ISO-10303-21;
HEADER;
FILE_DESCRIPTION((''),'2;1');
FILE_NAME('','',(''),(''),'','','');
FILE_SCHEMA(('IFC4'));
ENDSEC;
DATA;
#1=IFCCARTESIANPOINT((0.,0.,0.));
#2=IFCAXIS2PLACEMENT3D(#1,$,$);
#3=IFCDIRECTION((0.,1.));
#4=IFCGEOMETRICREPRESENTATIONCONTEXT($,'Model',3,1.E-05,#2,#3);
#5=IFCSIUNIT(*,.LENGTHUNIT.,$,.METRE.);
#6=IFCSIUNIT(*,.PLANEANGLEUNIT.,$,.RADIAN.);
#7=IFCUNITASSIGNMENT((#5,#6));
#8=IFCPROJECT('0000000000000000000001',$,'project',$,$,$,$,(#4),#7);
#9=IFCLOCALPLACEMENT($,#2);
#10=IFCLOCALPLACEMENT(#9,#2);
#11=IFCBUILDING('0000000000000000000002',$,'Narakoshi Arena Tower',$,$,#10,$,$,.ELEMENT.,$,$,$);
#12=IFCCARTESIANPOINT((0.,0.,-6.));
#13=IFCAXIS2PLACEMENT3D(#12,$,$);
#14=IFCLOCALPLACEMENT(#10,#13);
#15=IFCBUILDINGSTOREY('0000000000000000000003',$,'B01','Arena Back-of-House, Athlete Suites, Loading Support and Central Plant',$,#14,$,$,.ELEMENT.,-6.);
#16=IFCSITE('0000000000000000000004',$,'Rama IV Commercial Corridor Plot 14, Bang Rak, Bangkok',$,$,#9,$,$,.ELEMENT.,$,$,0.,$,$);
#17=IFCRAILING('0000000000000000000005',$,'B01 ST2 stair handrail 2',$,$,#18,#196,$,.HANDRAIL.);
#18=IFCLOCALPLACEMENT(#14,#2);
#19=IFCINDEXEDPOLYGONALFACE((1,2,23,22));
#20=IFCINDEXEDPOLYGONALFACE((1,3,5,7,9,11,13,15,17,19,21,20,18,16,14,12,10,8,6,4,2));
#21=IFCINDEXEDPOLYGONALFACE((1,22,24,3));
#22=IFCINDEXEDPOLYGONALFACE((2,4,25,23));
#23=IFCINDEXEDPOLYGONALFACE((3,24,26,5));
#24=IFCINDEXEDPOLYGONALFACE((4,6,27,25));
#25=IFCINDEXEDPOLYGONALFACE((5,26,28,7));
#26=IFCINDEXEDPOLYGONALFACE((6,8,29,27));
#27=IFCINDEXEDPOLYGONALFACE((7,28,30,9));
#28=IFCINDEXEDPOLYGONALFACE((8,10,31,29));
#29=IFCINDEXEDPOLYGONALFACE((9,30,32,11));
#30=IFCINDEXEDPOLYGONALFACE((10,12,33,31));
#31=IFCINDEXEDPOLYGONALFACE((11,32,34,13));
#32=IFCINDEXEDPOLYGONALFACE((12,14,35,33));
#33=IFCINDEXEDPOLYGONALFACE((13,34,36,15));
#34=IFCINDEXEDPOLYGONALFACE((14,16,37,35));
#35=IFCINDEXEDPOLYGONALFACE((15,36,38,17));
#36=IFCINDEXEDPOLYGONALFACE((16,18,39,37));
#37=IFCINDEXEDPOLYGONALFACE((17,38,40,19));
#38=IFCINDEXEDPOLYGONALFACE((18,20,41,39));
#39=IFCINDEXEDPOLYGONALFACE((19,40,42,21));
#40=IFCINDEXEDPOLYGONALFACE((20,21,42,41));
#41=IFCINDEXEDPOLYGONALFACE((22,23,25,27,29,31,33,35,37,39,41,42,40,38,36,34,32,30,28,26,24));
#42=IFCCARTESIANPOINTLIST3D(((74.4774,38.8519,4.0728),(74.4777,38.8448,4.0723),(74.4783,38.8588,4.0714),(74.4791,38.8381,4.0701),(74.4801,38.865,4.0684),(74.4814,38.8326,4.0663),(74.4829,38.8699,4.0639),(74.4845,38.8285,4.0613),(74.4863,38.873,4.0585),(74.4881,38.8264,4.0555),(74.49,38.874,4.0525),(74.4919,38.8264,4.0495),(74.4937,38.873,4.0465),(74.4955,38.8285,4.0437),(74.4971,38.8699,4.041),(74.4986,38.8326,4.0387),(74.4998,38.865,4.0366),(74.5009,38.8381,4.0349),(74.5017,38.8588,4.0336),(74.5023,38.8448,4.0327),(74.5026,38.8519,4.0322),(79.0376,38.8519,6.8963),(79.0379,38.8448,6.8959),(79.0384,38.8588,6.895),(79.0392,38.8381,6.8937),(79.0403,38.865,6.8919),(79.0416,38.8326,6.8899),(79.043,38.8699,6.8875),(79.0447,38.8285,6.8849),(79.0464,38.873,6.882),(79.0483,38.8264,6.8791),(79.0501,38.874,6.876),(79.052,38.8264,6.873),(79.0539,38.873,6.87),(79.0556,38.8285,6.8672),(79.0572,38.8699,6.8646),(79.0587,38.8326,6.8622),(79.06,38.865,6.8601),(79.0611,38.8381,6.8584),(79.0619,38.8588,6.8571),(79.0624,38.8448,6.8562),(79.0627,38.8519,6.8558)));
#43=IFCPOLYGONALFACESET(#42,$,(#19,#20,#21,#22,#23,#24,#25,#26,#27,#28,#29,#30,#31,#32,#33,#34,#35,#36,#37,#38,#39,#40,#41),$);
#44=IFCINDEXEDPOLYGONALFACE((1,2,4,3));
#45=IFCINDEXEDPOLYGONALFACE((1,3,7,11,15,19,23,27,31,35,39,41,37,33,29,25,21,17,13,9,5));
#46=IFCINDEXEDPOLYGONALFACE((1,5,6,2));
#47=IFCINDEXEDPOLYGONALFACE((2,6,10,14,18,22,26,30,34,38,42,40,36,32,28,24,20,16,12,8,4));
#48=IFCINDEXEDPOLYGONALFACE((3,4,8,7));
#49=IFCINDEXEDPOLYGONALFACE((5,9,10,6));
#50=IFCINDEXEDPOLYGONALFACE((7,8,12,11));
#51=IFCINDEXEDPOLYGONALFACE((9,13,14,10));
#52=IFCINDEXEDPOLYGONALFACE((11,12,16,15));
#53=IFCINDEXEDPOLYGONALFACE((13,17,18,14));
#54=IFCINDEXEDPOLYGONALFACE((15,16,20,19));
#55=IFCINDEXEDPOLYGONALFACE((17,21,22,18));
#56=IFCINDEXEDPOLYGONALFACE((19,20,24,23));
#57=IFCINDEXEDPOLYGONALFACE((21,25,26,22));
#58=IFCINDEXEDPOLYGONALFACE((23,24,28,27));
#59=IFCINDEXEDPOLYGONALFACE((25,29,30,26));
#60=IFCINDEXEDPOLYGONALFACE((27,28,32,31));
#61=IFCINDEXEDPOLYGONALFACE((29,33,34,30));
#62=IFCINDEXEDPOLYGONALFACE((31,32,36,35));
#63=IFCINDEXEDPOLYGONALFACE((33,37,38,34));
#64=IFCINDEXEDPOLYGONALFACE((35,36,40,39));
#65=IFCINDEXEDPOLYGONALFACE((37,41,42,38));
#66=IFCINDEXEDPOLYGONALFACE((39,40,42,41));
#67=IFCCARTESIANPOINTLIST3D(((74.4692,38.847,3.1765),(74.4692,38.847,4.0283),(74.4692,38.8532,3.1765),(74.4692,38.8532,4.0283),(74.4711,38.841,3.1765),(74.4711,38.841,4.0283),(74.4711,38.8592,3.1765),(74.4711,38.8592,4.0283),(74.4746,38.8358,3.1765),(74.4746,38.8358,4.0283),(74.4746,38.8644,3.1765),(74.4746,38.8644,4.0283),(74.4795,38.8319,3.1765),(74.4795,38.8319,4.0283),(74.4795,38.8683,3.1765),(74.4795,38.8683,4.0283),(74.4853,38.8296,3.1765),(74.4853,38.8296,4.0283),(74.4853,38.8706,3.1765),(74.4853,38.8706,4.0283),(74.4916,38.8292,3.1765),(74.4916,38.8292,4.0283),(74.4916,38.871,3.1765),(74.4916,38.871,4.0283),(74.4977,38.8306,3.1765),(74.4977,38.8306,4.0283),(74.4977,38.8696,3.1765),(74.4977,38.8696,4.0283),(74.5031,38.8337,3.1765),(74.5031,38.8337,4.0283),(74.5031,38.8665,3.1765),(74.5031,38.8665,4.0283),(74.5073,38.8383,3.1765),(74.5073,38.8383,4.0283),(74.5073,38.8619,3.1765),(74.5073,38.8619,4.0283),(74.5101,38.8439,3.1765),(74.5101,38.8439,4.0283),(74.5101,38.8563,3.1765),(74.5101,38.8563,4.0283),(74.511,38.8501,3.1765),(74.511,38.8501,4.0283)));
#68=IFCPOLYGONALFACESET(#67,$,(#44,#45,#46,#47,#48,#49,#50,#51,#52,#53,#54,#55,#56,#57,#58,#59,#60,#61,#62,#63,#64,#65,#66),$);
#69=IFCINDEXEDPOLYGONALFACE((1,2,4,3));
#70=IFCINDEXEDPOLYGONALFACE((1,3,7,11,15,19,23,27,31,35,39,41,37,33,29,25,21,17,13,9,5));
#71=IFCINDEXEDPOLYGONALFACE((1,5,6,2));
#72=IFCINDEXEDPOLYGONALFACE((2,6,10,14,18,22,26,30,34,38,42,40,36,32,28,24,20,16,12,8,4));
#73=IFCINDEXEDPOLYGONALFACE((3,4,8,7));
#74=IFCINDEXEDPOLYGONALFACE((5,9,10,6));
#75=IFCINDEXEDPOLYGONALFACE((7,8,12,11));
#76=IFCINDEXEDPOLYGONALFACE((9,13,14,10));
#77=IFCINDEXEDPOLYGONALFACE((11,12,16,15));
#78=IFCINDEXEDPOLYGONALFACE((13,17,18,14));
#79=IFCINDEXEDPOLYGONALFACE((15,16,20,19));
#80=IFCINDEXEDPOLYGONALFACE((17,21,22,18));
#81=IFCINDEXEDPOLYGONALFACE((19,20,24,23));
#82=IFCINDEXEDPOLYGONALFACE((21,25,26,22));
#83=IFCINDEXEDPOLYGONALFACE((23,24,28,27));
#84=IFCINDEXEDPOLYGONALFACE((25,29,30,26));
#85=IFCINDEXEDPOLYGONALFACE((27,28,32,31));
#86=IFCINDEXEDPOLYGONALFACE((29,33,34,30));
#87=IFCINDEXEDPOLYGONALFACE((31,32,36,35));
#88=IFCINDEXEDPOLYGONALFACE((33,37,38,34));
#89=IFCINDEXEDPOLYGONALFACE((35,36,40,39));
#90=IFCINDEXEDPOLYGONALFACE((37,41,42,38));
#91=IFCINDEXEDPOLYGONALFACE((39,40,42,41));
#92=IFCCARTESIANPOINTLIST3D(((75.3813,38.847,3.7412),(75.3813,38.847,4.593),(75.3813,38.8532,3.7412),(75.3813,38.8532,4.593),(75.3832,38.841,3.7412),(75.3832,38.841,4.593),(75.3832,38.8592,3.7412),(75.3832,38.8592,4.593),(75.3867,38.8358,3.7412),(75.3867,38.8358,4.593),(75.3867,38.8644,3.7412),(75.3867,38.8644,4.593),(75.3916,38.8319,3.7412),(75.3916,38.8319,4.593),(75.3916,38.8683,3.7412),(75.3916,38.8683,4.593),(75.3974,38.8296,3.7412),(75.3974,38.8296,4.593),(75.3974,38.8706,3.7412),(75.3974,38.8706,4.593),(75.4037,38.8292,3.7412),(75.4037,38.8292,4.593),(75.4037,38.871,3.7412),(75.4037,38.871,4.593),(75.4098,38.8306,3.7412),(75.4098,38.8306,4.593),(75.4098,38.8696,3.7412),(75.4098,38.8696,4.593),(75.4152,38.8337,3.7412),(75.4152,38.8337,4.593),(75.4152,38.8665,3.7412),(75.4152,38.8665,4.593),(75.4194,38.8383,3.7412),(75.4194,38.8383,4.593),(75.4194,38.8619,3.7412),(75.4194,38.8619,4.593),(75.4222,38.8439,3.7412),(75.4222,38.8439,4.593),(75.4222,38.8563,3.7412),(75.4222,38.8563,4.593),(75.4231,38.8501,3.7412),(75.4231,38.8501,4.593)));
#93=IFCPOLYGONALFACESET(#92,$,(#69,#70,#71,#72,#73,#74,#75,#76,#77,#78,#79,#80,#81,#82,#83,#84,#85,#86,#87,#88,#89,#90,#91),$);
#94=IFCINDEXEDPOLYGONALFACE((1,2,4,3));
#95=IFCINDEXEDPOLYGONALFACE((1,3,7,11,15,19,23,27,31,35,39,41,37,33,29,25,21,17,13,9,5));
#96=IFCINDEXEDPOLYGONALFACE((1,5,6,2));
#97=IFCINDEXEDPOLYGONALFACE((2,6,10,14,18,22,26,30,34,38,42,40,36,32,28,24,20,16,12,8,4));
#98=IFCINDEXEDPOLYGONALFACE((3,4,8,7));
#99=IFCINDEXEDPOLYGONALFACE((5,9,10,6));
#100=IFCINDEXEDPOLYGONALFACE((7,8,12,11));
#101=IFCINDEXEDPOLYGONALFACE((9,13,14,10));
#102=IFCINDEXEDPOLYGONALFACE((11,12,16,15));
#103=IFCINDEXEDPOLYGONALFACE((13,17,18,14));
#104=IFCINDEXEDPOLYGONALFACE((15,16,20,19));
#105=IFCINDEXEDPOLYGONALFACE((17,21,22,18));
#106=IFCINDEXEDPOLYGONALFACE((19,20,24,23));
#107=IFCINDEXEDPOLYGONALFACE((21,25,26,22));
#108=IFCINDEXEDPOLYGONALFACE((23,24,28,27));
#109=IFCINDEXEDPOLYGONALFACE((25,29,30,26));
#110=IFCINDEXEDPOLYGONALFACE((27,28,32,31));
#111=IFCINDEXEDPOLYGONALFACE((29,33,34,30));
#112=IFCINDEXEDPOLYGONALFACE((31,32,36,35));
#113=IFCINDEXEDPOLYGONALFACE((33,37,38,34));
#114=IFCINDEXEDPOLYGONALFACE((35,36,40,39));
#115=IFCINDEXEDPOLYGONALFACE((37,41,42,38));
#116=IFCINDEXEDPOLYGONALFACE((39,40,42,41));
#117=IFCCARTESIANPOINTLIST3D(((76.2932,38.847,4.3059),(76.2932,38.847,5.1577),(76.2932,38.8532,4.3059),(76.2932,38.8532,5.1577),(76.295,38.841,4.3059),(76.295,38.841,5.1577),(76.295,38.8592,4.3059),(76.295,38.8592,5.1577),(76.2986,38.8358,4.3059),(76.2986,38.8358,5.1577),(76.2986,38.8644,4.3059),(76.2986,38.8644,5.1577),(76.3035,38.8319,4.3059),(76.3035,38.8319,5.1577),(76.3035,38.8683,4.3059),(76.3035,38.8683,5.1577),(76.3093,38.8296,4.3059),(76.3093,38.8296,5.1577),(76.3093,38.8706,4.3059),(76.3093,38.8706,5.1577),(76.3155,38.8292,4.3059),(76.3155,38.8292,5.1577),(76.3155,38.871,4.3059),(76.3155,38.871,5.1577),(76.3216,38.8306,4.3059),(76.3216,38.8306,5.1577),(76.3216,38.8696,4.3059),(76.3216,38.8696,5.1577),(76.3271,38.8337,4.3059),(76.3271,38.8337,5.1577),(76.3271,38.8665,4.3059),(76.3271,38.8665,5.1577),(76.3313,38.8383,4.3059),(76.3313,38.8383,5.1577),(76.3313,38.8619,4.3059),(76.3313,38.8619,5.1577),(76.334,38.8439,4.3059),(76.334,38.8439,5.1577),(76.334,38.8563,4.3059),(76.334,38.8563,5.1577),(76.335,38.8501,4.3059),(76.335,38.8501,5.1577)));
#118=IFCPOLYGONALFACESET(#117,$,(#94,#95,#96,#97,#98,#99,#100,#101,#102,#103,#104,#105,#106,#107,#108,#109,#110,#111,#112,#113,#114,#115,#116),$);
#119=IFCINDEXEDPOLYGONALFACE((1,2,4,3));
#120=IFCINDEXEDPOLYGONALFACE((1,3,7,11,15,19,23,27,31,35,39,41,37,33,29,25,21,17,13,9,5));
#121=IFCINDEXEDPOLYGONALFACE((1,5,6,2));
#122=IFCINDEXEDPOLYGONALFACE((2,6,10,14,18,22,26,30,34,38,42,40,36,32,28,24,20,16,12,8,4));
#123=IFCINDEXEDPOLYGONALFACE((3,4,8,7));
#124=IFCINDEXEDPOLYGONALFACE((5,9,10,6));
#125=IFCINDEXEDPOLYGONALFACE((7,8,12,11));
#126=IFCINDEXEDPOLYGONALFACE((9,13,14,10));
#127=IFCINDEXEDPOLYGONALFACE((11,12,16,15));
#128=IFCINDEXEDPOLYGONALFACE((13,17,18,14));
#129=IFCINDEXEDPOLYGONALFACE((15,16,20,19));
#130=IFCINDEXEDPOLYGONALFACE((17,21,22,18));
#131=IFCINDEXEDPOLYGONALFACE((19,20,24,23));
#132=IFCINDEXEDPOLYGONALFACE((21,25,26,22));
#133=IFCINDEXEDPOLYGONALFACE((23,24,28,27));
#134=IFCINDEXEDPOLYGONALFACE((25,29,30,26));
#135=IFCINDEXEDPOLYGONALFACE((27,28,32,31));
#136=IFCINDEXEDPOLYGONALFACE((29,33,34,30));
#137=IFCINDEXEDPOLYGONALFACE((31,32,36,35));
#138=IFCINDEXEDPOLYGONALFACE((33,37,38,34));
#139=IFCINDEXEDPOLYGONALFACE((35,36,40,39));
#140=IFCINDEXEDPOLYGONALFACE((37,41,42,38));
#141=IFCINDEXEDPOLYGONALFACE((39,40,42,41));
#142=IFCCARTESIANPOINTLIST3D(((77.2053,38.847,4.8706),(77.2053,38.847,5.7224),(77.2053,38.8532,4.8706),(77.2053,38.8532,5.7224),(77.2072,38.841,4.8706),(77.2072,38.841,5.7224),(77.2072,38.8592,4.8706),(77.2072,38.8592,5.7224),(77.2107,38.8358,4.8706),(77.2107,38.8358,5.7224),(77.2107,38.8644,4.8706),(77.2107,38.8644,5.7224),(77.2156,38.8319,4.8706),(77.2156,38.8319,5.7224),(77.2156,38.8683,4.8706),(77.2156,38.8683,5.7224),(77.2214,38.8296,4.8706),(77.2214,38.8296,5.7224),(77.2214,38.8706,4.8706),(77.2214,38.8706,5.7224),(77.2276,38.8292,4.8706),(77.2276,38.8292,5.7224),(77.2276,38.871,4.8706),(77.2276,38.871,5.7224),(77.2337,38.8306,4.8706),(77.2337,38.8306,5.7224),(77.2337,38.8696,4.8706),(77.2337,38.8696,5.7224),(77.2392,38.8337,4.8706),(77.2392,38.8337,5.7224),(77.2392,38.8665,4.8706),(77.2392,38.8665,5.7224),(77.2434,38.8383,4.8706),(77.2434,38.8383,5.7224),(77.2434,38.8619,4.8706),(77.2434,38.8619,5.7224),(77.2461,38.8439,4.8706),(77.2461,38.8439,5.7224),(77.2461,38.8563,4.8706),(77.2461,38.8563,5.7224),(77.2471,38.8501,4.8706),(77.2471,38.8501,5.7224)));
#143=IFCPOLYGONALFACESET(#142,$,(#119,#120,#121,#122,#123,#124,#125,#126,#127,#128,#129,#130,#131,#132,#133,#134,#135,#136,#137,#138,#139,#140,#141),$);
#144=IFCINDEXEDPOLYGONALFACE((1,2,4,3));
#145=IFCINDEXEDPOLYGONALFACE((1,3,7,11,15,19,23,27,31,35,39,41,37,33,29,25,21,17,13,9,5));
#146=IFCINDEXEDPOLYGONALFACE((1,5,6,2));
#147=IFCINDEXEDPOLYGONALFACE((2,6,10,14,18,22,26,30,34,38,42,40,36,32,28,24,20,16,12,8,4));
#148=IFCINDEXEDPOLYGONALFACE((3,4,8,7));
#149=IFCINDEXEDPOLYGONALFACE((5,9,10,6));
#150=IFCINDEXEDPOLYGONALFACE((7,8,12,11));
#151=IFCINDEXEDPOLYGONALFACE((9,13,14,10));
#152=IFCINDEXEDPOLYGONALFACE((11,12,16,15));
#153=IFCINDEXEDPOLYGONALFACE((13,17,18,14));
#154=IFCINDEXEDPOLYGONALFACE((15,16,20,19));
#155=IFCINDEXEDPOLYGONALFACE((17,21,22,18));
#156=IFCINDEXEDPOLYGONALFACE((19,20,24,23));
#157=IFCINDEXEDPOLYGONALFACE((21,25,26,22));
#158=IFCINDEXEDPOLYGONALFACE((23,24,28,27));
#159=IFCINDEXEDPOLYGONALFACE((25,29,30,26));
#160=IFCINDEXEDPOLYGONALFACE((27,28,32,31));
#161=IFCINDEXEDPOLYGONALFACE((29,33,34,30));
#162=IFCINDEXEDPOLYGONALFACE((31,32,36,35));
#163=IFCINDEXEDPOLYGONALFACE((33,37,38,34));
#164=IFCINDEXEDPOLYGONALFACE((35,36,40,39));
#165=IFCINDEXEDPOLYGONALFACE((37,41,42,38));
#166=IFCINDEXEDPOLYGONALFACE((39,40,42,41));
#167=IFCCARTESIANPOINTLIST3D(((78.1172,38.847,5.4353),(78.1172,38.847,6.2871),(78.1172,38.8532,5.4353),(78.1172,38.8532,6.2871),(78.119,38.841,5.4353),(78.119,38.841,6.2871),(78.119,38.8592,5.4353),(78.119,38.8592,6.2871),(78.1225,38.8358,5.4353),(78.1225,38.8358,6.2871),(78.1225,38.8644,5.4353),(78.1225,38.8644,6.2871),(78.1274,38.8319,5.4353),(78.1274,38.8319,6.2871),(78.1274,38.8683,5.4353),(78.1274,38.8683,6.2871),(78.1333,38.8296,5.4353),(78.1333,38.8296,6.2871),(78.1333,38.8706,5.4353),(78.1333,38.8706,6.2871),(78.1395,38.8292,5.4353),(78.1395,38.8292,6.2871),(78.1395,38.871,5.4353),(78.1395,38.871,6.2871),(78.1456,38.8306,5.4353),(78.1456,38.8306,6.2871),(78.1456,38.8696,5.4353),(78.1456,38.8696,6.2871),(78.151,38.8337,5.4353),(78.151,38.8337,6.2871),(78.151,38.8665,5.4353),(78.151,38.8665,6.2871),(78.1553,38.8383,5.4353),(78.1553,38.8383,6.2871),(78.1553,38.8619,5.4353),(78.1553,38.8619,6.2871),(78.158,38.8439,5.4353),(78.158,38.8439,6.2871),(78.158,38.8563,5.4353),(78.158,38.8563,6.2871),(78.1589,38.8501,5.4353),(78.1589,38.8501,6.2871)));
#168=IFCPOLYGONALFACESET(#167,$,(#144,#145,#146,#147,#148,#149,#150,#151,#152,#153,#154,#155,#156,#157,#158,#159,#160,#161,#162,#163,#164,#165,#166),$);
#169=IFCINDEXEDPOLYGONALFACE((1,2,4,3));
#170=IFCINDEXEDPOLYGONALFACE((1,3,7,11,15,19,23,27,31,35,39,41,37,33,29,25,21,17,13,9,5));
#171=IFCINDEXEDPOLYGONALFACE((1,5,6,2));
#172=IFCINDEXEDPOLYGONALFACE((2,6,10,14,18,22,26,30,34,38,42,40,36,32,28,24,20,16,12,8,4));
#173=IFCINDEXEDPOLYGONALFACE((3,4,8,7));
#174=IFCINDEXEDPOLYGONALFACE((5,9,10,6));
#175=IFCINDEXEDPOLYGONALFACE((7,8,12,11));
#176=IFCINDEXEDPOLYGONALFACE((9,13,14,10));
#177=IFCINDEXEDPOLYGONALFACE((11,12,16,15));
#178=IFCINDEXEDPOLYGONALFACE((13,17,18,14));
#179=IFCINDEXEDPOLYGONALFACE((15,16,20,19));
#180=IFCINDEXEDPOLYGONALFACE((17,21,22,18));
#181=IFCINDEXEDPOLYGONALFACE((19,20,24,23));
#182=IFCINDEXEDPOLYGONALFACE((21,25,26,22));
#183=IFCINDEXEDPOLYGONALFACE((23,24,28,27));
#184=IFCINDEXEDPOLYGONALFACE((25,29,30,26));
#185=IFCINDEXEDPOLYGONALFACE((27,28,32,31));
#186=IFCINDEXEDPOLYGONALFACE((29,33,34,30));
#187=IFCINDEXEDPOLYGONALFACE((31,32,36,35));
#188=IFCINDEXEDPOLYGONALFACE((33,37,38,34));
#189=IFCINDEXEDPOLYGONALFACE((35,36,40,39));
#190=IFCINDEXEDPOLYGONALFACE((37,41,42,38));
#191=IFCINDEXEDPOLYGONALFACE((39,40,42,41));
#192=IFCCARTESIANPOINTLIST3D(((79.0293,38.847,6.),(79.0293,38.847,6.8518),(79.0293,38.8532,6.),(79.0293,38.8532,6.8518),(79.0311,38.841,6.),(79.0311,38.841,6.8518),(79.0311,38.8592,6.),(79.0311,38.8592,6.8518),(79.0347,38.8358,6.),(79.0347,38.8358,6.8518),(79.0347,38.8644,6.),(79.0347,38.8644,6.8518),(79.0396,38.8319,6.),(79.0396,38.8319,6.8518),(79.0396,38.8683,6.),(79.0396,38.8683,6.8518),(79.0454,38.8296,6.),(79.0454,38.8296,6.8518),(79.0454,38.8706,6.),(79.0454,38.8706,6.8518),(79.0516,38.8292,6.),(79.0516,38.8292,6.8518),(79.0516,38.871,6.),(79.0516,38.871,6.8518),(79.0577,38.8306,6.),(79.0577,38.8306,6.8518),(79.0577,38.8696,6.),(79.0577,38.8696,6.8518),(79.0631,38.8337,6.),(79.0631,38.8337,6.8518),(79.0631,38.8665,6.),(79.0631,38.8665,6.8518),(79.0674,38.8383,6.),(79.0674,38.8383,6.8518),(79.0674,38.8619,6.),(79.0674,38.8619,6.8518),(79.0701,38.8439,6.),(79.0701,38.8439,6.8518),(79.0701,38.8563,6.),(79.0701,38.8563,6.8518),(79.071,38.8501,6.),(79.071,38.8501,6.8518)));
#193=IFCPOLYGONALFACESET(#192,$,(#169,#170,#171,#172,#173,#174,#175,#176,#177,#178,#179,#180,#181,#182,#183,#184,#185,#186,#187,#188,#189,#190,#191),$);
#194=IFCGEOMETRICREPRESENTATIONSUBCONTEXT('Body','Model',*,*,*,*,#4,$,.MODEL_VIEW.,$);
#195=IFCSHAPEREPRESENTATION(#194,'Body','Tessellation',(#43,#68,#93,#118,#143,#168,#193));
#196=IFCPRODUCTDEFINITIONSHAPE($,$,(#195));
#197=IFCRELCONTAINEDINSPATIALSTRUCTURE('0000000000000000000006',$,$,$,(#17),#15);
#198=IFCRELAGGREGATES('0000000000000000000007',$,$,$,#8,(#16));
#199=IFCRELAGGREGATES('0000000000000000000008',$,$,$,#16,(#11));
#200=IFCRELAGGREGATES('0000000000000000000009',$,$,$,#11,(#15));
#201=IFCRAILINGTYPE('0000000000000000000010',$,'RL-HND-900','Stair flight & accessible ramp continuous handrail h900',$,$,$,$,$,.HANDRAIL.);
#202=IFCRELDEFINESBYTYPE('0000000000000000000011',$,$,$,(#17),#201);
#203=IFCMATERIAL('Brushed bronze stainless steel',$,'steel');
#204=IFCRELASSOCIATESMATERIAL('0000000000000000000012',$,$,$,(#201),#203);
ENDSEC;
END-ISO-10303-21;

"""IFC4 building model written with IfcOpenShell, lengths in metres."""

from ifc_helpers import new_model, si_unit, direction, frame, origin, origin_2d, place, context, subcontext, project, spatial, circle, extrude, material, type_object, element, save


model = new_model("IFC4")

# Units and contexts
model_context = context("Model", 3, precision=1e-05, world=origin(), true_north=direction((0.0, 1.0)))
body_context = subcontext(model_context, "Body", "Model", "MODEL_VIEW")
ifc_project = project(units=[si_unit("LENGTHUNIT", "METRE"), si_unit("PLANEANGLEUNIT", "RADIAN")], contexts=[model_context])

# Site, building, storey
site_placement = place(None, origin())
site = spatial("IfcSite", under=ifc_project, at=site_placement, Name="Rama IV Commercial Corridor Plot 14, Bang Rak, Bangkok", CompositionType="ELEMENT", RefElevation=0.0)
building_placement = place(site_placement, origin())
building = spatial("IfcBuilding", under=site, at=building_placement, Name="Narakoshi Arena Tower", CompositionType="ELEMENT")
storey_placement = place(building_placement, frame((0.0, 0.0, -6.0)))
storey = spatial("IfcBuildingStorey", under=building, at=storey_placement, Name="B01", Description="Arena Back-of-House, Athlete Suites, Loading Support and Central Plant", CompositionType="ELEMENT", Elevation=-6.0)

# Railing
ifc_material_1 = material(Name="Brushed bronze stainless steel", Category="steel")
railing_type_1 = type_object("IfcRailingType", Name="RL-HND-900", Description="Stair flight & accessible ramp continuous handrail h900", PredefinedType="HANDRAIL", material=ifc_material_1)
railing_1_placement = place(storey_placement, frame((74.49, 38.8501, 3.1765)))
element("IfcRailing", 1, at=railing_1_placement, inside=storey, type_object=railing_type_1, Name="B01 ST2 stair handrail 2", PredefinedType="HANDRAIL", context=body_context, shape_type="SweptSolid", body=[
    extrude(circle(Radius=0.0239, at=origin_2d()), frame((0.0, 0.0, 0.876), z_axis=(0.850216, 0.0, 0.526435), x_axis=(0.0, 1.0, 0.0)), (0.0, 0.0, 1.0), 5.3635),
    extrude(circle(Radius=0.021, at=origin_2d()), origin(), (0.0, 0.0, 1.0), 0.8518),
    extrude(circle(Radius=0.021, at=origin_2d()), frame((0.9121, 0.0, 0.5647)), (0.0, 0.0, 1.0), 0.8518),
    extrude(circle(Radius=0.021, at=origin_2d()), frame((1.824, 0.0, 1.1294)), (0.0, 0.0, 1.0), 0.8518),
    extrude(circle(Radius=0.021, at=origin_2d()), frame((2.7361, 0.0, 1.6941)), (0.0, 0.0, 1.0), 0.8518),
    extrude(circle(Radius=0.021, at=origin_2d()), frame((3.6479, 0.0, 2.2588)), (0.0, 0.0, 1.0), 0.8518),
    extrude(circle(Radius=0.021, at=origin_2d()), frame((4.5601, 0.0, 2.8235)), (0.0, 0.0, 1.0), 0.8518),
])

save(model, "model.ifc")
